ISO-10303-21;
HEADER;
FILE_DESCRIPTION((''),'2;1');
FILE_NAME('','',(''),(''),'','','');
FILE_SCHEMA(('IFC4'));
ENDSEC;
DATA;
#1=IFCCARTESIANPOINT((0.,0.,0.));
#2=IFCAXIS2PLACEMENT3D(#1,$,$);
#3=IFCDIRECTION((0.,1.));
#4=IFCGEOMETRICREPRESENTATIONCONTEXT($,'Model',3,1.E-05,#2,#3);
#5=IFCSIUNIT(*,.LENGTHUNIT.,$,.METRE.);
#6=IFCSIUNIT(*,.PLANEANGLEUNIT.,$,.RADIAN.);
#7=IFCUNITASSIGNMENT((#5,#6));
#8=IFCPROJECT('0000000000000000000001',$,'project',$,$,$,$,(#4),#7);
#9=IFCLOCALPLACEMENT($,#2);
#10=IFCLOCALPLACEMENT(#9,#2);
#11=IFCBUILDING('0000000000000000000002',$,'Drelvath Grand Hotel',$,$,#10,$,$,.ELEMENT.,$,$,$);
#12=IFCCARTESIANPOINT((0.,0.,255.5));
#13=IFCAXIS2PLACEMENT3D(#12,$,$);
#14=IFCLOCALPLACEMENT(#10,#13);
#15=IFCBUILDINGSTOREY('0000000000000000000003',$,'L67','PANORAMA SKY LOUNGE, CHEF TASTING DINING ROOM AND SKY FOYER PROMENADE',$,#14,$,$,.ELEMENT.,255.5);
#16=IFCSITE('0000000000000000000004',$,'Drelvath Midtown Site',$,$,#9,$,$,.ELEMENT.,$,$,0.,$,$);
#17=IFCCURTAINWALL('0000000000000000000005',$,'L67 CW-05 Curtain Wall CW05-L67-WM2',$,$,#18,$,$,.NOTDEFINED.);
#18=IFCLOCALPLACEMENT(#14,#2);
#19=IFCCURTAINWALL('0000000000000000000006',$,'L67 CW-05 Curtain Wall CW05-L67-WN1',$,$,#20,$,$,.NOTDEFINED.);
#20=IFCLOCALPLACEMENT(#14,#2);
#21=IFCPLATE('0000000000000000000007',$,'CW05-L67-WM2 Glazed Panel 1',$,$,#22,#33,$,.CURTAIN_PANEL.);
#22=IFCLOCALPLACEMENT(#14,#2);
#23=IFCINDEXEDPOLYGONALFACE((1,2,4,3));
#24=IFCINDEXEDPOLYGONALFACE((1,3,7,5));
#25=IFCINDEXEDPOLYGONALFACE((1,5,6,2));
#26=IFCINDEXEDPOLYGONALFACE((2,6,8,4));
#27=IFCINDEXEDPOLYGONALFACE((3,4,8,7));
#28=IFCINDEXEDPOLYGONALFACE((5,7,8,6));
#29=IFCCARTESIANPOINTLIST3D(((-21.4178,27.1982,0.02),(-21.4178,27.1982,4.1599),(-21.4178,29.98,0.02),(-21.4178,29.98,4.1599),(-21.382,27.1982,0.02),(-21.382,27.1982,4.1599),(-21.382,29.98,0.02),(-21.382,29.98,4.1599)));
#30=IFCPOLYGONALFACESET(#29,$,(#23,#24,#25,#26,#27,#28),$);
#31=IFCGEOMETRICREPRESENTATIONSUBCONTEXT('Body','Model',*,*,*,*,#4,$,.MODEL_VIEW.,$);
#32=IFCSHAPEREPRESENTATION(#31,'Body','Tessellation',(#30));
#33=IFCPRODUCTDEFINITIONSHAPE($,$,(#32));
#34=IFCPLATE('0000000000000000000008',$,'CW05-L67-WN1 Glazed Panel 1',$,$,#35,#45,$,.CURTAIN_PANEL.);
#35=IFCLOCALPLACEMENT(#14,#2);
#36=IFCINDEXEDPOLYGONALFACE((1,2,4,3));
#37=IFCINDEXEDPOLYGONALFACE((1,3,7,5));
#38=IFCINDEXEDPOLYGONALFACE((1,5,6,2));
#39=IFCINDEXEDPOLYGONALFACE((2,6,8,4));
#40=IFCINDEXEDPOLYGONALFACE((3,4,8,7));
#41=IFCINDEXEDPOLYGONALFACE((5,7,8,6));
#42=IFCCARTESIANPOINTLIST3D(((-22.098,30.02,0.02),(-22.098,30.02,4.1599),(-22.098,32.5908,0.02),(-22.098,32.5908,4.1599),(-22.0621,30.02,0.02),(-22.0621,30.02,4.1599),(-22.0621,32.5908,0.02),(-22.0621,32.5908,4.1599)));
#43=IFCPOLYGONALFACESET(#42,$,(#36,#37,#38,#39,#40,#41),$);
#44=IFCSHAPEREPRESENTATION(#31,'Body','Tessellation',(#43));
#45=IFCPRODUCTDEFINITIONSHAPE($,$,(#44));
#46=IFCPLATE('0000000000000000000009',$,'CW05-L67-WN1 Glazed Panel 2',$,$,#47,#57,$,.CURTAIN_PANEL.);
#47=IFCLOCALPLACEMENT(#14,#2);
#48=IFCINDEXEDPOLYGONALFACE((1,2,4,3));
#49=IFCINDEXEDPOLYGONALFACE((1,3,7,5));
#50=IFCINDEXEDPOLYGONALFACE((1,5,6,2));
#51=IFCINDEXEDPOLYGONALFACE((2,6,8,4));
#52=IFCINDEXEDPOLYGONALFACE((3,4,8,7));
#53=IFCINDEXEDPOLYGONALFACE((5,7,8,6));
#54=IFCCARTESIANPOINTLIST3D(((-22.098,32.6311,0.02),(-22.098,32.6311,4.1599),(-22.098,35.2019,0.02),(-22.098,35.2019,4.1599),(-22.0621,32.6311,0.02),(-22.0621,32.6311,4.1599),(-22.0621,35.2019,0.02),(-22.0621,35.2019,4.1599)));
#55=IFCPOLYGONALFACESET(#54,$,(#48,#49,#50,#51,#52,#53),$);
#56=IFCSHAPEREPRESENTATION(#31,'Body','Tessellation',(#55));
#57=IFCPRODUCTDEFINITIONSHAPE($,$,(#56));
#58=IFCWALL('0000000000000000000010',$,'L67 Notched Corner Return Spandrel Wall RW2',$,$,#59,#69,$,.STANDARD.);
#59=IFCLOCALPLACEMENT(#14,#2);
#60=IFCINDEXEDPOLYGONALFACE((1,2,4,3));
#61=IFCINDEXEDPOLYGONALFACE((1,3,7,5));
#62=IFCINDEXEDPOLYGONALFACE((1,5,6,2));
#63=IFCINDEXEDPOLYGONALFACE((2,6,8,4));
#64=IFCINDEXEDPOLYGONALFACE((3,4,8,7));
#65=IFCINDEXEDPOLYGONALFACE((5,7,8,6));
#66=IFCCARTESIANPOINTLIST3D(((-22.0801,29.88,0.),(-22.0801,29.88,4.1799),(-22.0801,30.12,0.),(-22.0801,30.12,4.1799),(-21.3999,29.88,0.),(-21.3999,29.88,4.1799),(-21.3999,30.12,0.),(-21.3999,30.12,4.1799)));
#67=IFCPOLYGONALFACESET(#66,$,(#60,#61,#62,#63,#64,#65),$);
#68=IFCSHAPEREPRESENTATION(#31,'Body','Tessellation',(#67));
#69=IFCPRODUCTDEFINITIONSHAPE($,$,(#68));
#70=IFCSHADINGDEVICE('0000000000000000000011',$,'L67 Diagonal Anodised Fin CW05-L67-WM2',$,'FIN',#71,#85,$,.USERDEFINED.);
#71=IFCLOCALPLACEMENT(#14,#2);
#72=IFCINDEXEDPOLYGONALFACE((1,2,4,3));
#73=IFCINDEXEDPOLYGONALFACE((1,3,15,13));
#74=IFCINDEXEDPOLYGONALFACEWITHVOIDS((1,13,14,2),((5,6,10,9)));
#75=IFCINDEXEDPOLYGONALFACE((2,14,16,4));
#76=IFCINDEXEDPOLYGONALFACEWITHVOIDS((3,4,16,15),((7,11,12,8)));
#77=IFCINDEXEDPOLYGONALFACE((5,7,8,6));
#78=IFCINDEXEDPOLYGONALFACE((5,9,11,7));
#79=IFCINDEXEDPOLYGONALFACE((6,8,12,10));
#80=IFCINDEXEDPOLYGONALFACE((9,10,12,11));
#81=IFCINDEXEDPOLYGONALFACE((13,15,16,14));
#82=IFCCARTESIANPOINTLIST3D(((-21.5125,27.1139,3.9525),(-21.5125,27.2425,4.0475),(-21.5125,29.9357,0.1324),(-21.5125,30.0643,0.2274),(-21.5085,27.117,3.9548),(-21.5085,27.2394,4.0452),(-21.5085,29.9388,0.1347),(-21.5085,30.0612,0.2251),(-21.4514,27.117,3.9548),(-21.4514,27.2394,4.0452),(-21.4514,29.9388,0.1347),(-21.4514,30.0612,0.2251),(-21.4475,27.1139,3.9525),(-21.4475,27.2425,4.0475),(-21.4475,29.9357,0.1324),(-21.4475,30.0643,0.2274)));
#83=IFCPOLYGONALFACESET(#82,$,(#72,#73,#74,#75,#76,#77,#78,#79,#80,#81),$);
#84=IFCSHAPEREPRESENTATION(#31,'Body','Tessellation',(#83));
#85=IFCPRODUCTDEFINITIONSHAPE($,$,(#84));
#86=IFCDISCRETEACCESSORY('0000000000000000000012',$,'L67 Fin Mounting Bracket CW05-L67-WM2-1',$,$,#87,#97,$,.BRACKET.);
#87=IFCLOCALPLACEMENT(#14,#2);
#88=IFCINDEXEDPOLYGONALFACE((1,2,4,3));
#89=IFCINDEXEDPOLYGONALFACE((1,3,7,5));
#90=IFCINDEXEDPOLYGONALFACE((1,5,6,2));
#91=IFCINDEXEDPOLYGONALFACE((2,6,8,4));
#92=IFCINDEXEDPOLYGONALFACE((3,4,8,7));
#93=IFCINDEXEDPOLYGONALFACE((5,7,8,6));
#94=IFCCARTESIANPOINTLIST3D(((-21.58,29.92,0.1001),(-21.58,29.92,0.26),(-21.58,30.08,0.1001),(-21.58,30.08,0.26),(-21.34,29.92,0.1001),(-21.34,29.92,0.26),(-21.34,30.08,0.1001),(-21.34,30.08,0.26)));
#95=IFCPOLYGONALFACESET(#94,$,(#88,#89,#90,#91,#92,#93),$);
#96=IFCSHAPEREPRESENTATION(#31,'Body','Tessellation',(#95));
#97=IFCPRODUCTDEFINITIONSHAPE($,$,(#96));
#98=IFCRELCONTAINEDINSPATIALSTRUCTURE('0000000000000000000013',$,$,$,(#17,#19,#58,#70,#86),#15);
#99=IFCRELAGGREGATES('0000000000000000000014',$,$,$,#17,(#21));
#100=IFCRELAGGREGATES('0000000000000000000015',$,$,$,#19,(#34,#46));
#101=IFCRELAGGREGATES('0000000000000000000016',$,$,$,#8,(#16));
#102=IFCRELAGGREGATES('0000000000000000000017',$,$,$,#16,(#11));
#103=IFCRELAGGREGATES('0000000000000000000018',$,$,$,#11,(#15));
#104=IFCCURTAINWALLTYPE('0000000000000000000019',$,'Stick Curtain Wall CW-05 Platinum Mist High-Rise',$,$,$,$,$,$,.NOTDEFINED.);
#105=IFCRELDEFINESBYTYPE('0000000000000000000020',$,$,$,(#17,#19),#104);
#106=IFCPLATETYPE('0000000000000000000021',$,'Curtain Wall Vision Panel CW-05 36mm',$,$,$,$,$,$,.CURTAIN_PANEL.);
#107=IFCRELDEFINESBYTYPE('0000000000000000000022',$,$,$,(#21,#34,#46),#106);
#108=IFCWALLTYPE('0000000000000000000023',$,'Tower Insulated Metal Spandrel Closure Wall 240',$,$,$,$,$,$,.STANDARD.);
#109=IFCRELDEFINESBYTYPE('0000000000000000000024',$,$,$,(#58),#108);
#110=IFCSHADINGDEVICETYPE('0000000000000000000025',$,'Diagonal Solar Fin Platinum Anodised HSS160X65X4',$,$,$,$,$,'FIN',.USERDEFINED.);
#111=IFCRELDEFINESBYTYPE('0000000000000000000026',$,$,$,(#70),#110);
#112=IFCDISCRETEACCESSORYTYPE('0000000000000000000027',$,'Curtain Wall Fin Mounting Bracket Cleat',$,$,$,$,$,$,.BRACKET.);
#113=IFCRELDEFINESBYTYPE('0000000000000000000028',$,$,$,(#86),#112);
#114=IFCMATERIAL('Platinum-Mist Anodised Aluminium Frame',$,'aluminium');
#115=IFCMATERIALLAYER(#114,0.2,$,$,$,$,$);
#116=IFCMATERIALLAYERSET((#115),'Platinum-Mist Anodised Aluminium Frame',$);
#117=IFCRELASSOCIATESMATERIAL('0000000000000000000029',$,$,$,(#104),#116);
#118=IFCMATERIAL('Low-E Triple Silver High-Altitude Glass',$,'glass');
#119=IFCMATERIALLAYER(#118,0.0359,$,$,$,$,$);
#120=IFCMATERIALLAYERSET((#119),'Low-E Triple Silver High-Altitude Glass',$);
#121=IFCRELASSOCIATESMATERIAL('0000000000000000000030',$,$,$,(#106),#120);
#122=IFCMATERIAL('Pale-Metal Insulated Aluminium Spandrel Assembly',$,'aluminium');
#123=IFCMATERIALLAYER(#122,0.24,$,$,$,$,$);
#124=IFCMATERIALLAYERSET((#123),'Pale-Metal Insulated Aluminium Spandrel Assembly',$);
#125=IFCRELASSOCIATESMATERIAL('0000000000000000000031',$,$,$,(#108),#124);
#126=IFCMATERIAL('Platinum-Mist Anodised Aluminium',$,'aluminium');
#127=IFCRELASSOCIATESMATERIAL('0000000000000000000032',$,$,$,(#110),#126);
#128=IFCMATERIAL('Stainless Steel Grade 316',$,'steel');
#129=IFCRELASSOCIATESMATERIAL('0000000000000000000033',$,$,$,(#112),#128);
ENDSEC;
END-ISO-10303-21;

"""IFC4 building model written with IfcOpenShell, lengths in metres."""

from ifc_helpers import new_model, si_unit, direction, frame, frame_2d, origin, origin_2d, place, context, subcontext, project, spatial, rectangle, hollow_rectangle, extrude, material, layer, layer_set, material_profile, profile_set, type_object, element, aggregate, save


model = new_model("IFC4")

# Units and contexts
model_context = context("Model", 3, precision=1e-05, world=origin(), true_north=direction((0.0, 1.0)))
body_context = subcontext(model_context, "Body", "Model", "MODEL_VIEW")
ifc_project = project(units=[si_unit("LENGTHUNIT", "METRE"), si_unit("PLANEANGLEUNIT", "RADIAN")], contexts=[model_context])

# Site, building, storey
site_placement = place(None, origin())
site = spatial("IfcSite", under=ifc_project, at=site_placement, Name="Drelvath Midtown Site", CompositionType="ELEMENT", RefElevation=0.0)
building_placement = place(site_placement, origin())
building = spatial("IfcBuilding", under=site, at=building_placement, Name="Drelvath Grand Hotel", CompositionType="ELEMENT")
storey_placement = place(building_placement, frame((0.0, 0.0, 255.5)))
storey = spatial("IfcBuildingStorey", under=building, at=storey_placement, Name="L67", Description="PANORAMA SKY LOUNGE, CHEF TASTING DINING ROOM AND SKY FOYER PROMENADE", CompositionType="ELEMENT", Elevation=255.5)

# Curtain walls
ifc_material_1 = material(Name="Platinum-Mist Anodised Aluminium Frame", Category="aluminium")
ifc_layer_1 = layer(ifc_material_1, 0.2)
ifc_layer_set_1 = layer_set([ifc_layer_1], Name="Platinum-Mist Anodised Aluminium Frame")
curtain_wall_type = type_object("IfcCurtainWallType", Name="Stick Curtain Wall CW-05 Platinum Mist High-Rise", PredefinedType="NOTDEFINED", material=ifc_layer_set_1)
curtain_wall_1_placement = place(storey_placement, origin())
curtain_wall_1 = element("IfcCurtainWall", 1, at=curtain_wall_1_placement, inside=storey, type_object=curtain_wall_type, Name="L67 CW-05 Curtain Wall CW05-L67-WM2", PredefinedType="NOTDEFINED")
curtain_wall_2_placement = place(storey_placement, origin())
curtain_wall_2 = element("IfcCurtainWall", 2, at=curtain_wall_2_placement, inside=storey, type_object=curtain_wall_type, Name="L67 CW-05 Curtain Wall CW05-L67-WN1", PredefinedType="NOTDEFINED")

# Plates
ifc_material_2 = material(Name="Low-E Triple Silver High-Altitude Glass", Category="glass")
ifc_layer_2 = layer(ifc_material_2, 0.0359)
ifc_layer_set_2 = layer_set([ifc_layer_2], Name="Low-E Triple Silver High-Altitude Glass")
plate_type = type_object("IfcPlateType", Name="Curtain Wall Vision Panel CW-05 36mm", PredefinedType="CURTAIN_PANEL", material=ifc_layer_set_2)
plate_1_placement = place(storey_placement, frame((-21.3999, 28.5891, 0.02), z_axis=(0.0, 0.0, 1.0), x_axis=(0.0, 1.0, 0.0)))
plate_1 = element("IfcPlate", 3, at=plate_1_placement, type_object=plate_type, Name="CW05-L67-WM2 Glazed Panel 1", PredefinedType="CURTAIN_PANEL", context=body_context, shape_type="SweptSolid", body=[
    extrude(rectangle(XDim=2.7817, YDim=0.0359, at=origin_2d()), origin(), (0.0, 0.0, 1.0), 4.1399),
])
aggregate(curtain_wall_1, [plate_1])
plate_2_placement = place(storey_placement, frame((-22.0801, 31.3054, 0.02), z_axis=(0.0, 0.0, 1.0), x_axis=(0.0, 1.0, 0.0)))
plate_2 = element("IfcPlate", 4, at=plate_2_placement, type_object=plate_type, Name="CW05-L67-WN1 Glazed Panel 1", PredefinedType="CURTAIN_PANEL", context=body_context, shape_type="SweptSolid", body=[
    extrude(rectangle(XDim=2.5708, YDim=0.0359, at=origin_2d()), origin(), (0.0, 0.0, 1.0), 4.1399),
])
plate_3_placement = place(storey_placement, frame((-22.0801, 33.9165, 0.02), z_axis=(0.0, 0.0, 1.0), x_axis=(0.0, 1.0, 0.0)))
plate_3 = element("IfcPlate", 5, at=plate_3_placement, type_object=plate_type, Name="CW05-L67-WN1 Glazed Panel 2", PredefinedType="CURTAIN_PANEL", context=body_context, shape_type="SweptSolid", body=[
    extrude(rectangle(XDim=2.5708, YDim=0.0359, at=origin_2d()), origin(), (0.0, 0.0, 1.0), 4.1399),
])
aggregate(curtain_wall_2, [plate_2, plate_3])

# Wall
ifc_material_3 = material(Name="Pale-Metal Insulated Aluminium Spandrel Assembly", Category="aluminium")
ifc_layer_3 = layer(ifc_material_3, 0.24)
ifc_layer_set_3 = layer_set([ifc_layer_3], Name="Pale-Metal Insulated Aluminium Spandrel Assembly")
wall_type = type_object("IfcWallType", Name="Tower Insulated Metal Spandrel Closure Wall 240", PredefinedType="STANDARD", material=ifc_layer_set_3)
wall_placement = place(storey_placement, frame((-21.3999, 30.0, 0.0), z_axis=(0.0, 0.0, 1.0), x_axis=(-1.0, 0.0, 0.0)))
element("IfcWall", 6, at=wall_placement, inside=storey, type_object=wall_type, Name="L67 Notched Corner Return Spandrel Wall RW2", PredefinedType="STANDARD", context=body_context, shape_type="SweptSolid", body=[
    extrude(rectangle(XDim=0.6802, YDim=0.24, at=frame_2d((0.3401, 0.0))), origin(), (0.0, 0.0, 1.0), 4.1799),
])

# Shading device
ifc_material_4 = material(Name="Platinum-Mist Anodised Aluminium", Category="aluminium")
ifc_material_profile_1 = material_profile(ifc_material_4, hollow_rectangle(XDim=0.0649, YDim=0.1599, WallThickness=0.0039, at=origin_2d()), Name="HSS160X65X4")
ifc_profile_set_1 = profile_set([ifc_material_profile_1], Name="Platinum-Mist Anodised Aluminium")
shading_device_type = type_object("IfcShadingDeviceType", Name="Diagonal Solar Fin Platinum Anodised HSS160X65X4", ElementType="FIN", PredefinedType="USERDEFINED", material=ifc_profile_set_1)
shading_device_placement = place(storey_placement, frame((-21.48, 30.0, 0.1799), z_axis=(0.0, -0.594153, 0.804352), x_axis=(1.0, 0.0, 0.0)))
element("IfcShadingDevice", 7, at=shading_device_placement, inside=storey, type_object=shading_device_type, Name="L67 Diagonal Anodised Fin CW05-L67-WM2", ObjectType="FIN", PredefinedType="USERDEFINED", context=body_context, shape_type="SweptSolid", body=[
    extrude(hollow_rectangle(XDim=0.0649, YDim=0.1599, WallThickness=0.0039, at=origin_2d()), origin(), (0.0, 0.0, 1.0), 4.7493),
])

# Discrete accessory
ifc_material_5 = material(Name="Stainless Steel Grade 316", Category="steel")
discrete_accessory_type = type_object("IfcDiscreteAccessoryType", Name="Curtain Wall Fin Mounting Bracket Cleat", PredefinedType="BRACKET", material=ifc_material_5)
discrete_accessory_placement = place(storey_placement, frame((-21.46, 30.0, 0.1001), z_axis=(0.0, 0.0, 1.0), x_axis=(0.0, 1.0, 0.0)))
element("IfcDiscreteAccessory", 8, at=discrete_accessory_placement, inside=storey, type_object=discrete_accessory_type, Name="L67 Fin Mounting Bracket CW05-L67-WM2-1", PredefinedType="BRACKET", context=body_context, shape_type="SweptSolid", body=[
    extrude(rectangle(XDim=0.1599, YDim=0.24, at=origin_2d()), origin(), (0.0, 0.0, 1.0), 0.1599),
])

save(model, "model.ifc")
